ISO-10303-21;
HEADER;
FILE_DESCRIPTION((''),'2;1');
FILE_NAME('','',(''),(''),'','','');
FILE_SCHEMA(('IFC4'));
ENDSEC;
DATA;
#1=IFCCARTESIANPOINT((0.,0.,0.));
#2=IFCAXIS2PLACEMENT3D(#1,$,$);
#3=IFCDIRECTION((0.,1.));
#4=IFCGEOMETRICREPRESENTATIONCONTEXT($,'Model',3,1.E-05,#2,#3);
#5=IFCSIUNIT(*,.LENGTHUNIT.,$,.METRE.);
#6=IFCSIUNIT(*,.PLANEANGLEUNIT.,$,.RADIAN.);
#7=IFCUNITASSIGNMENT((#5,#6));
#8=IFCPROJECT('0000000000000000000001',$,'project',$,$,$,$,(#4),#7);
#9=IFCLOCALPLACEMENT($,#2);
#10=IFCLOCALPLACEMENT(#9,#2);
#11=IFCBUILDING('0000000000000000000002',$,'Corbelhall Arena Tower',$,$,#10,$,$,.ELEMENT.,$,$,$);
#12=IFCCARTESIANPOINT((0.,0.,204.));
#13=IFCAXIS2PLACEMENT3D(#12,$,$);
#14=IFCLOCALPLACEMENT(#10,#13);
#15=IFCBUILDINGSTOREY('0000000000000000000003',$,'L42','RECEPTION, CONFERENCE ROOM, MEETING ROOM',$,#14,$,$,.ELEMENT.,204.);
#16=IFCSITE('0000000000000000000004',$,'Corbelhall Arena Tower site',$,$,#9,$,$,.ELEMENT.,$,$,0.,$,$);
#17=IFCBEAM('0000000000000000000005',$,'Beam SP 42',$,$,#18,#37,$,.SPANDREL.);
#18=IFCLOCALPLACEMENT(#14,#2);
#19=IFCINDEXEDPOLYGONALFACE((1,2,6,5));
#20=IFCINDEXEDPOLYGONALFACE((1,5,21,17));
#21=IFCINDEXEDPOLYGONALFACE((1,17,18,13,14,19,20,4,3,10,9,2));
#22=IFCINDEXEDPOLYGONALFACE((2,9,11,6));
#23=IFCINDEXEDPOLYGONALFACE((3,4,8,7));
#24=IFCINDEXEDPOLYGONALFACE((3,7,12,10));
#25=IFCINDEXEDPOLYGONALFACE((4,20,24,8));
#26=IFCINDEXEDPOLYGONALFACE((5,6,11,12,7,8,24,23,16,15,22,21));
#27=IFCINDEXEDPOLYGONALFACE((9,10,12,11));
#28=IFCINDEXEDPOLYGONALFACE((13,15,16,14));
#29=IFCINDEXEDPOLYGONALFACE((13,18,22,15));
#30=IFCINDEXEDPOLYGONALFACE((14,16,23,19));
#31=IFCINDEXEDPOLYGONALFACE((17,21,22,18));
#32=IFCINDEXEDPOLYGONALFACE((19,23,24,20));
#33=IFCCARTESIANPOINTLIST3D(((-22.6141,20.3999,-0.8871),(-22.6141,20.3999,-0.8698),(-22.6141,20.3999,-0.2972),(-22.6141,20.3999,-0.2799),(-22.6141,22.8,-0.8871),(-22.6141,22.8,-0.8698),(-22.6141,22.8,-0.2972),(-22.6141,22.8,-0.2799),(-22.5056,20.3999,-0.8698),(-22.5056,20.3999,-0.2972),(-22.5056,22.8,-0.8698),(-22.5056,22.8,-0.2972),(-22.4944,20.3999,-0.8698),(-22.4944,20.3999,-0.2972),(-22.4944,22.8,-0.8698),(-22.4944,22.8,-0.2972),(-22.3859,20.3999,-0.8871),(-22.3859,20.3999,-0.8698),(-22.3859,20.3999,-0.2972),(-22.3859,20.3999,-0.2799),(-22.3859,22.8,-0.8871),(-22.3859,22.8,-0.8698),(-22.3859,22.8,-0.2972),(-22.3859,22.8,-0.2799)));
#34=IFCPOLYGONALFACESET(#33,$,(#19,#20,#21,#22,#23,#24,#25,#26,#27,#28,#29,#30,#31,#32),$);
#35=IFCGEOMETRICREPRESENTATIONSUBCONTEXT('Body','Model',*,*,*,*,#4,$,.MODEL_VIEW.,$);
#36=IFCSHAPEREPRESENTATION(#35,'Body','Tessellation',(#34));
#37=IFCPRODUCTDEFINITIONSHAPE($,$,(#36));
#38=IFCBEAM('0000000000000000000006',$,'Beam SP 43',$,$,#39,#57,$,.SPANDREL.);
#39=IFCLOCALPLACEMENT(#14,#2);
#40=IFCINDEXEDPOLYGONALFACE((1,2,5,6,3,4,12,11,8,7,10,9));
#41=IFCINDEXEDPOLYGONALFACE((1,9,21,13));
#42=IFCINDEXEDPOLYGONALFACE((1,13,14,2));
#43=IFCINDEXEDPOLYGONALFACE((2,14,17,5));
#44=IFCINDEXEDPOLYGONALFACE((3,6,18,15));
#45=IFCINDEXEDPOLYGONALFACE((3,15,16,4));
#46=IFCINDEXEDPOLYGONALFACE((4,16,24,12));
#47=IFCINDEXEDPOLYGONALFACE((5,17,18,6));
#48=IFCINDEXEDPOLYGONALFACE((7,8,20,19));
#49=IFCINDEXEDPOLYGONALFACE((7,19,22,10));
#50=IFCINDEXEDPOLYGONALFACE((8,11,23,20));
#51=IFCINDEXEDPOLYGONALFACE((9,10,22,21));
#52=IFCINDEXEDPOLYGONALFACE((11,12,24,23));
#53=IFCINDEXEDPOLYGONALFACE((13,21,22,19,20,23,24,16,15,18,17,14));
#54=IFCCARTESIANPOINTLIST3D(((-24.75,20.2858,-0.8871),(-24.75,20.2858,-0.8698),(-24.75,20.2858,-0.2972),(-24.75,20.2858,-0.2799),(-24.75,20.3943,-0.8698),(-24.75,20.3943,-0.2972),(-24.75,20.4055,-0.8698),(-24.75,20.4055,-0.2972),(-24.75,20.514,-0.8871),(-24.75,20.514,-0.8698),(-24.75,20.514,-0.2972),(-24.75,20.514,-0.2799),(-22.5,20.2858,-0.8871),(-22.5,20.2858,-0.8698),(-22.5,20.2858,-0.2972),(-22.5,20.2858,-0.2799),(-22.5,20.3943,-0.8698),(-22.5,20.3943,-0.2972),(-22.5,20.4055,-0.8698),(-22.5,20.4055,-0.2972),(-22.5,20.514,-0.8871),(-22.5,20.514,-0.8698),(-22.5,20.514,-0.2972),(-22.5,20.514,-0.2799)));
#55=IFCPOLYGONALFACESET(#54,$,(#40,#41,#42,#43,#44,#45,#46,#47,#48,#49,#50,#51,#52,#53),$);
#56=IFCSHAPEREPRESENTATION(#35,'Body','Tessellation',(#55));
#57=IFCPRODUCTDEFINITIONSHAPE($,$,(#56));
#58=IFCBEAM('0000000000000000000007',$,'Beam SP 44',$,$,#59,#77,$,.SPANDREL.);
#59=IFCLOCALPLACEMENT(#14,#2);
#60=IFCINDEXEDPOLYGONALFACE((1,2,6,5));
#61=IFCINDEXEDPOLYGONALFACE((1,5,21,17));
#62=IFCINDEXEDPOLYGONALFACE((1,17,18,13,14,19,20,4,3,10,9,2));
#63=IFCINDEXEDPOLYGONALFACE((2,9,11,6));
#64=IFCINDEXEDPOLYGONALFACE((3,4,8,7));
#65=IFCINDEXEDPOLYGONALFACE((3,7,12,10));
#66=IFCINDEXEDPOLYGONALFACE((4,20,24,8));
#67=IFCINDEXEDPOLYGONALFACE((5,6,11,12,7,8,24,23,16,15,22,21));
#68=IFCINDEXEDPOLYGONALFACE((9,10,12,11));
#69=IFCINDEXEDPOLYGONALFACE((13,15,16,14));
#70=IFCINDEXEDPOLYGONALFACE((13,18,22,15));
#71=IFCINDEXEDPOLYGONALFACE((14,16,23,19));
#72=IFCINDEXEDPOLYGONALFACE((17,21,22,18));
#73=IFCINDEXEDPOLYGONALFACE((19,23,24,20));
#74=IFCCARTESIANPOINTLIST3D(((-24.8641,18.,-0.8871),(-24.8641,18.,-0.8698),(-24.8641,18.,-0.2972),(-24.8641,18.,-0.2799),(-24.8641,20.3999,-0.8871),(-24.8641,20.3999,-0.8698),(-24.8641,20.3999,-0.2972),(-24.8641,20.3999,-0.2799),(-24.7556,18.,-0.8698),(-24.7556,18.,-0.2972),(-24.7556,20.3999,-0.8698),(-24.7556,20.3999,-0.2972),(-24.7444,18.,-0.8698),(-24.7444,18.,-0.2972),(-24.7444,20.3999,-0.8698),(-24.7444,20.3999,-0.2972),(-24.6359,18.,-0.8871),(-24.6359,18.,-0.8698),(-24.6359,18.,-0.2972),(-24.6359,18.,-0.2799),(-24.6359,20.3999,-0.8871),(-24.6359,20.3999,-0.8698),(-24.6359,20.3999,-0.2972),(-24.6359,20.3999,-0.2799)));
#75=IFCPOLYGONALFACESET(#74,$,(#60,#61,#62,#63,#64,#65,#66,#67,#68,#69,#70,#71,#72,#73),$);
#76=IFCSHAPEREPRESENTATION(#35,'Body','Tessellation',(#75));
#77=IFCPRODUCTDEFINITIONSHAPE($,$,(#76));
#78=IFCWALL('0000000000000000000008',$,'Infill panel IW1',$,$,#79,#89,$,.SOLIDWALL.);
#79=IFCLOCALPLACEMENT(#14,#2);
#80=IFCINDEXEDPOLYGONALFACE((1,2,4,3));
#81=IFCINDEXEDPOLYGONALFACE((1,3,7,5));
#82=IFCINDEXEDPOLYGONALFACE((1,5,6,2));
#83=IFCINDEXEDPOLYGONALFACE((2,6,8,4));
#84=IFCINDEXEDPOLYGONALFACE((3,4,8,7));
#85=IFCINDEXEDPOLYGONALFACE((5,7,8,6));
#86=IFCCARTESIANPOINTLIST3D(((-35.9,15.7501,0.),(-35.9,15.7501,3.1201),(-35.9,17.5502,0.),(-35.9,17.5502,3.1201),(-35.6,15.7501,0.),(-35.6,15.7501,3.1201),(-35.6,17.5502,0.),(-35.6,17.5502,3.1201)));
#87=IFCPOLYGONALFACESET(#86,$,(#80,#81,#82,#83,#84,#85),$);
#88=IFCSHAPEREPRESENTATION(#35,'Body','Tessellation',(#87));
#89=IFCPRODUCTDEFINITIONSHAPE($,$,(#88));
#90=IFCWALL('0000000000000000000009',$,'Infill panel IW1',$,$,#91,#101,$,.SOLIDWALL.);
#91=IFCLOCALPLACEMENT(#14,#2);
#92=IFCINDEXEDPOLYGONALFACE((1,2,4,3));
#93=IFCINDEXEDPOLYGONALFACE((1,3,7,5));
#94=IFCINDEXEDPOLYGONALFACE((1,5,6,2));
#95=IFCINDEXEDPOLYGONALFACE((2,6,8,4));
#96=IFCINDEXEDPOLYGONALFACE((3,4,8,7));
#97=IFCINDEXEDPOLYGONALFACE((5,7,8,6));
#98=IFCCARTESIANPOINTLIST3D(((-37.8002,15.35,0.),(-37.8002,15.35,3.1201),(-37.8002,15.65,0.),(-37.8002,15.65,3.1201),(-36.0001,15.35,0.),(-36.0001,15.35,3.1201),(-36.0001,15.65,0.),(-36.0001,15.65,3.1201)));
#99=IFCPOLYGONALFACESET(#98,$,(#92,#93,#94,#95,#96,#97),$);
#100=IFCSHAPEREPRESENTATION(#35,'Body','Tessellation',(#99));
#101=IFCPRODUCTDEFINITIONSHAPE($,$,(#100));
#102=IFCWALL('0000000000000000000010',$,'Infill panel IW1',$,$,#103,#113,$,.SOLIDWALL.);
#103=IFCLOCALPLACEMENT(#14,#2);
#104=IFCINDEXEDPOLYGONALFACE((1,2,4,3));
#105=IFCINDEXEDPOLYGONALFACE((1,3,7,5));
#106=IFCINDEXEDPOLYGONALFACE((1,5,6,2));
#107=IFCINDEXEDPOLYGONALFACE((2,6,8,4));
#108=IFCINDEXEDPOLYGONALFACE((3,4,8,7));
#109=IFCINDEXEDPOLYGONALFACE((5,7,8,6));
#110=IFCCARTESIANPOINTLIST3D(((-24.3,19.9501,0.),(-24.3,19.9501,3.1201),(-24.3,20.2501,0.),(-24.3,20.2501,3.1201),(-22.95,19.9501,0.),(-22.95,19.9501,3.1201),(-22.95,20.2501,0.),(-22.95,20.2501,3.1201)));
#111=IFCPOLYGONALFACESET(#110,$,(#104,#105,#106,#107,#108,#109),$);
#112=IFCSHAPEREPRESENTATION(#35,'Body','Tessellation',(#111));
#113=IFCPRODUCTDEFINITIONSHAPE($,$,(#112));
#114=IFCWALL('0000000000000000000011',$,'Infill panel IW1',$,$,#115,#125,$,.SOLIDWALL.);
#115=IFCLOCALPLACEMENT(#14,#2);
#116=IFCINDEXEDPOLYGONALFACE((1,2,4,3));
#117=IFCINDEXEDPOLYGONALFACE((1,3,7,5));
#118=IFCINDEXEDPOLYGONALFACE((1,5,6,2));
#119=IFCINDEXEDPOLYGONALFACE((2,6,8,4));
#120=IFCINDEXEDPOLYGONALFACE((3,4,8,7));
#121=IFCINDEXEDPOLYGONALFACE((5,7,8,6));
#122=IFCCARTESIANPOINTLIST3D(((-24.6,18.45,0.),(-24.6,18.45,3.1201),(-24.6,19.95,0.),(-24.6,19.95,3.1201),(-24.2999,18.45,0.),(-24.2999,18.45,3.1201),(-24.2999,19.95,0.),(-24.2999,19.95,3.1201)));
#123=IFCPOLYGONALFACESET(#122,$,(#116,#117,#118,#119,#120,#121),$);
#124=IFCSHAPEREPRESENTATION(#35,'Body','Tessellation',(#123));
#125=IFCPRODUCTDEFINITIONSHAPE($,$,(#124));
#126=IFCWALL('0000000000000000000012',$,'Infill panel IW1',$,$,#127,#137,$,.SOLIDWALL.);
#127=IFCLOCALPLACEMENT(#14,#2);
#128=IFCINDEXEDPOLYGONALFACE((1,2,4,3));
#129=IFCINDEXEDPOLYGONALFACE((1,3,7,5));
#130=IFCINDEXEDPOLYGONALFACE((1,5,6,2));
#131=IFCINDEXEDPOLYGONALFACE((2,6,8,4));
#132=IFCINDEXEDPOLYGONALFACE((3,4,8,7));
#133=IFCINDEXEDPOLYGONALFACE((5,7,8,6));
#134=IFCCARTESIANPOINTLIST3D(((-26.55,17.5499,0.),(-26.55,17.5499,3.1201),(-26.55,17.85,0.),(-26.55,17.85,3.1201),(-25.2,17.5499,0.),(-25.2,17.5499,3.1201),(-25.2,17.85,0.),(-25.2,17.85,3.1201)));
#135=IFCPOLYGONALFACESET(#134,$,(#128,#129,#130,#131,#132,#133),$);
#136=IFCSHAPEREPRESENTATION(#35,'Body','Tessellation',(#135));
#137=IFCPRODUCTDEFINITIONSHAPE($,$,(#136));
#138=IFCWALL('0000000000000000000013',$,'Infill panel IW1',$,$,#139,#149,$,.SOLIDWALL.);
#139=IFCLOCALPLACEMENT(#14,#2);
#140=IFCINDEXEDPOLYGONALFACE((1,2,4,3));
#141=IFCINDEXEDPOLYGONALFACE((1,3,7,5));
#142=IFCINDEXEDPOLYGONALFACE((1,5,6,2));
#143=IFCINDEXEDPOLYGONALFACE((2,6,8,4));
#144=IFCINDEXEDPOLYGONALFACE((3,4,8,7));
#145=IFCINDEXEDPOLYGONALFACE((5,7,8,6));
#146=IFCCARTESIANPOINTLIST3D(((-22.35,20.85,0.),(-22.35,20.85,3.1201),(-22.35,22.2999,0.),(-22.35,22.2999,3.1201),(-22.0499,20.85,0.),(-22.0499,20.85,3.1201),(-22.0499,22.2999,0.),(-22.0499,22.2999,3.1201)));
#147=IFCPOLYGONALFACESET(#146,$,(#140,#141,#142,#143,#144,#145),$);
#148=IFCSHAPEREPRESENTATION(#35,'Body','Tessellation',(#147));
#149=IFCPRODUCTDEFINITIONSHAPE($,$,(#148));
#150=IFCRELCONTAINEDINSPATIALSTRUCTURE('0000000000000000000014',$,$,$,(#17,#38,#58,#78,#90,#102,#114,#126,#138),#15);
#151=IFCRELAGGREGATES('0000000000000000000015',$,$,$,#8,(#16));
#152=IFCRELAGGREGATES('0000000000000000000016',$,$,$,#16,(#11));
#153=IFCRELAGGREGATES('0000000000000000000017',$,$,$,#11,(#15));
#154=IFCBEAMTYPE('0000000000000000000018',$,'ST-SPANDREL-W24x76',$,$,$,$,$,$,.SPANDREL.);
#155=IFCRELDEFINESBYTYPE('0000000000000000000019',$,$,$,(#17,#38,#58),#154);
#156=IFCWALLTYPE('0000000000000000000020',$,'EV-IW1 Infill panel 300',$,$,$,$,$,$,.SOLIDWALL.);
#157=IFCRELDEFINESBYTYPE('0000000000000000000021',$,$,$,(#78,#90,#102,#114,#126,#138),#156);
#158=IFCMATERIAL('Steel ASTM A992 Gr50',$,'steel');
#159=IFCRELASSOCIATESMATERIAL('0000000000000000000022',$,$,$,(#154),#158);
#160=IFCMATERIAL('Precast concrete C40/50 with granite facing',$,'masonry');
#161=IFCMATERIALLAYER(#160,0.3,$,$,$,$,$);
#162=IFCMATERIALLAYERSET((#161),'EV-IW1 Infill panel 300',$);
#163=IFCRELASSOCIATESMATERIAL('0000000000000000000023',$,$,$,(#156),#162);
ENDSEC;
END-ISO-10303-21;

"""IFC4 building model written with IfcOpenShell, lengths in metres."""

from ifc_helpers import new_model, si_unit, direction, frame, frame_2d, origin, origin_2d, place, context, subcontext, project, spatial, rectangle, i_section, extrude, material, layer, layer_set, material_profile, profile_set, type_object, element, save


model = new_model("IFC4")

# Units and contexts
model_context = context("Model", 3, precision=1e-05, world=origin(), true_north=direction((0.0, 1.0)))
body_context = subcontext(model_context, "Body", "Model", "MODEL_VIEW")
ifc_project = project(units=[si_unit("LENGTHUNIT", "METRE"), si_unit("PLANEANGLEUNIT", "RADIAN")], contexts=[model_context])

# Site, building, storey
site_placement = place(None, origin())
site = spatial("IfcSite", under=ifc_project, at=site_placement, Name="Corbelhall Arena Tower site", CompositionType="ELEMENT", RefElevation=0.0)
building_placement = place(site_placement, origin())
building = spatial("IfcBuilding", under=site, at=building_placement, Name="Corbelhall Arena Tower", CompositionType="ELEMENT")
storey_placement = place(building_placement, frame((0.0, 0.0, 204.0)))
storey = spatial("IfcBuildingStorey", under=building, at=storey_placement, Name="L42", Description="RECEPTION, CONFERENCE ROOM, MEETING ROOM", CompositionType="ELEMENT", Elevation=204.0)

# Beams
ifc_material_1 = material(Name="Steel ASTM A992 Gr50", Category="steel")
ifc_material_profile_1 = material_profile(ifc_material_1, i_section(OverallWidth=0.2283, OverallDepth=0.6072, WebThickness=0.0112, FlangeThickness=0.0173, at=origin_2d()))
ifc_profile_set_1 = profile_set([ifc_material_profile_1], Name="Steel ASTM A992 Gr50")
beam_type = type_object("IfcBeamType", Name="ST-SPANDREL-W24x76", PredefinedType="SPANDREL", material=ifc_profile_set_1)
beam_1_placement = place(storey_placement, frame((-22.5, 20.3999, -0.5835), z_axis=(0.0, 1.0, 0.0), x_axis=(-1.0, 0.0, 0.0)))
element("IfcBeam", 1, at=beam_1_placement, inside=storey, type_object=beam_type, Name="Beam SP 42", PredefinedType="SPANDREL", context=body_context, shape_type="SweptSolid", body=[
    extrude(i_section(OverallWidth=0.2283, OverallDepth=0.6072, WebThickness=0.0112, FlangeThickness=0.0173, at=origin_2d()), origin(), (0.0, 0.0, 1.0), 2.4001),
])
beam_2_placement = place(storey_placement, frame((-24.75, 20.3999, -0.5835), z_axis=(1.0, 0.0, 0.0), x_axis=(0.0, 1.0, 0.0)))
element("IfcBeam", 2, at=beam_2_placement, inside=storey, type_object=beam_type, Name="Beam SP 43", PredefinedType="SPANDREL", context=body_context, shape_type="SweptSolid", body=[
    extrude(i_section(OverallWidth=0.2283, OverallDepth=0.6072, WebThickness=0.0112, FlangeThickness=0.0173, at=origin_2d()), origin(), (0.0, 0.0, 1.0), 2.25),
])
beam_3_placement = place(storey_placement, frame((-24.75, 18.0, -0.5835), z_axis=(0.0, 1.0, 0.0), x_axis=(-1.0, 0.0, 0.0)))
element("IfcBeam", 3, at=beam_3_placement, inside=storey, type_object=beam_type, Name="Beam SP 44", PredefinedType="SPANDREL", context=body_context, shape_type="SweptSolid", body=[
    extrude(i_section(OverallWidth=0.2283, OverallDepth=0.6072, WebThickness=0.0112, FlangeThickness=0.0173, at=origin_2d()), origin(), (0.0, 0.0, 1.0), 2.3999),
])

# Walls
ifc_material_2 = material(Name="Precast concrete C40/50 with granite facing", Category="masonry")
ifc_layer = layer(ifc_material_2, 0.3)
ifc_layer_set = layer_set([ifc_layer], Name="EV-IW1 Infill panel 300")
wall_type = type_object("IfcWallType", Name="EV-IW1 Infill panel 300", PredefinedType="SOLIDWALL", material=ifc_layer_set)
for number, where, z_axis, x_axis, name in (
    (4, (-35.75, 17.55, 0.0), (0.0, 0.0, 1.0), (0.0, -1.0, 0.0), "Infill panel IW1"),
    (5, (-37.8, 15.5, 0.0), (0.0, 0.0, 1.0), (1.0, 0.0, 0.0), "Infill panel IW1"),
):
    element("IfcWall", number, at=place(storey_placement, frame(where, z_axis=z_axis, x_axis=x_axis)), inside=storey, type_object=wall_type, Name=name, PredefinedType="SOLIDWALL", context=body_context, shape_type="SweptSolid", body=[
        extrude(rectangle(XDim=1.8, YDim=0.3, at=frame_2d((0.8999, 0.0))), origin(), (0.0, 0.0, 1.0), 3.1201),
    ])
wall_1_placement = place(storey_placement, frame((-22.95, 20.1001, 0.0), z_axis=(0.0, 0.0, 1.0), x_axis=(-1.0, 0.0, 0.0)))
element("IfcWall", 6, at=wall_1_placement, inside=storey, type_object=wall_type, Name="Infill panel IW1", PredefinedType="SOLIDWALL", context=body_context, shape_type="SweptSolid", body=[
    extrude(rectangle(XDim=1.3501, YDim=0.3, at=frame_2d((0.675, 0.0))), origin(), (0.0, 0.0, 1.0), 3.1201),
])
wall_2_placement = place(storey_placement, frame((-24.45, 19.95, 0.0), z_axis=(0.0, 0.0, 1.0), x_axis=(0.0, -1.0, 0.0)))
element("IfcWall", 7, at=wall_2_placement, inside=storey, type_object=wall_type, Name="Infill panel IW1", PredefinedType="SOLIDWALL", context=body_context, shape_type="SweptSolid", body=[
    extrude(rectangle(XDim=1.5, YDim=0.3, at=frame_2d((0.75, 0.0))), origin(), (0.0, 0.0, 1.0), 3.1201),
])
wall_3_placement = place(storey_placement, frame((-25.2, 17.7, 0.0), z_axis=(0.0, 0.0, 1.0), x_axis=(-1.0, 0.0, 0.0)))
element("IfcWall", 8, at=wall_3_placement, inside=storey, type_object=wall_type, Name="Infill panel IW1", PredefinedType="SOLIDWALL", context=body_context, shape_type="SweptSolid", body=[
    extrude(rectangle(XDim=1.3501, YDim=0.3, at=frame_2d((0.675, 0.0))), origin(), (0.0, 0.0, 1.0), 3.1201),
])

# Wall
wall_4_placement = place(storey_placement, frame((-22.2, 22.3, 0.0), z_axis=(0.0, 0.0, 1.0), x_axis=(0.0, -1.0, 0.0)))
element("IfcWall", 9, at=wall_4_placement, inside=storey, type_object=wall_type, Name="Infill panel IW1", PredefinedType="SOLIDWALL", context=body_context, shape_type="SweptSolid", body=[
    extrude(rectangle(XDim=1.45, YDim=0.3, at=frame_2d((0.7251, 0.0))), origin(), (0.0, 0.0, 1.0), 3.1201),
])

save(model, "model.ifc")
